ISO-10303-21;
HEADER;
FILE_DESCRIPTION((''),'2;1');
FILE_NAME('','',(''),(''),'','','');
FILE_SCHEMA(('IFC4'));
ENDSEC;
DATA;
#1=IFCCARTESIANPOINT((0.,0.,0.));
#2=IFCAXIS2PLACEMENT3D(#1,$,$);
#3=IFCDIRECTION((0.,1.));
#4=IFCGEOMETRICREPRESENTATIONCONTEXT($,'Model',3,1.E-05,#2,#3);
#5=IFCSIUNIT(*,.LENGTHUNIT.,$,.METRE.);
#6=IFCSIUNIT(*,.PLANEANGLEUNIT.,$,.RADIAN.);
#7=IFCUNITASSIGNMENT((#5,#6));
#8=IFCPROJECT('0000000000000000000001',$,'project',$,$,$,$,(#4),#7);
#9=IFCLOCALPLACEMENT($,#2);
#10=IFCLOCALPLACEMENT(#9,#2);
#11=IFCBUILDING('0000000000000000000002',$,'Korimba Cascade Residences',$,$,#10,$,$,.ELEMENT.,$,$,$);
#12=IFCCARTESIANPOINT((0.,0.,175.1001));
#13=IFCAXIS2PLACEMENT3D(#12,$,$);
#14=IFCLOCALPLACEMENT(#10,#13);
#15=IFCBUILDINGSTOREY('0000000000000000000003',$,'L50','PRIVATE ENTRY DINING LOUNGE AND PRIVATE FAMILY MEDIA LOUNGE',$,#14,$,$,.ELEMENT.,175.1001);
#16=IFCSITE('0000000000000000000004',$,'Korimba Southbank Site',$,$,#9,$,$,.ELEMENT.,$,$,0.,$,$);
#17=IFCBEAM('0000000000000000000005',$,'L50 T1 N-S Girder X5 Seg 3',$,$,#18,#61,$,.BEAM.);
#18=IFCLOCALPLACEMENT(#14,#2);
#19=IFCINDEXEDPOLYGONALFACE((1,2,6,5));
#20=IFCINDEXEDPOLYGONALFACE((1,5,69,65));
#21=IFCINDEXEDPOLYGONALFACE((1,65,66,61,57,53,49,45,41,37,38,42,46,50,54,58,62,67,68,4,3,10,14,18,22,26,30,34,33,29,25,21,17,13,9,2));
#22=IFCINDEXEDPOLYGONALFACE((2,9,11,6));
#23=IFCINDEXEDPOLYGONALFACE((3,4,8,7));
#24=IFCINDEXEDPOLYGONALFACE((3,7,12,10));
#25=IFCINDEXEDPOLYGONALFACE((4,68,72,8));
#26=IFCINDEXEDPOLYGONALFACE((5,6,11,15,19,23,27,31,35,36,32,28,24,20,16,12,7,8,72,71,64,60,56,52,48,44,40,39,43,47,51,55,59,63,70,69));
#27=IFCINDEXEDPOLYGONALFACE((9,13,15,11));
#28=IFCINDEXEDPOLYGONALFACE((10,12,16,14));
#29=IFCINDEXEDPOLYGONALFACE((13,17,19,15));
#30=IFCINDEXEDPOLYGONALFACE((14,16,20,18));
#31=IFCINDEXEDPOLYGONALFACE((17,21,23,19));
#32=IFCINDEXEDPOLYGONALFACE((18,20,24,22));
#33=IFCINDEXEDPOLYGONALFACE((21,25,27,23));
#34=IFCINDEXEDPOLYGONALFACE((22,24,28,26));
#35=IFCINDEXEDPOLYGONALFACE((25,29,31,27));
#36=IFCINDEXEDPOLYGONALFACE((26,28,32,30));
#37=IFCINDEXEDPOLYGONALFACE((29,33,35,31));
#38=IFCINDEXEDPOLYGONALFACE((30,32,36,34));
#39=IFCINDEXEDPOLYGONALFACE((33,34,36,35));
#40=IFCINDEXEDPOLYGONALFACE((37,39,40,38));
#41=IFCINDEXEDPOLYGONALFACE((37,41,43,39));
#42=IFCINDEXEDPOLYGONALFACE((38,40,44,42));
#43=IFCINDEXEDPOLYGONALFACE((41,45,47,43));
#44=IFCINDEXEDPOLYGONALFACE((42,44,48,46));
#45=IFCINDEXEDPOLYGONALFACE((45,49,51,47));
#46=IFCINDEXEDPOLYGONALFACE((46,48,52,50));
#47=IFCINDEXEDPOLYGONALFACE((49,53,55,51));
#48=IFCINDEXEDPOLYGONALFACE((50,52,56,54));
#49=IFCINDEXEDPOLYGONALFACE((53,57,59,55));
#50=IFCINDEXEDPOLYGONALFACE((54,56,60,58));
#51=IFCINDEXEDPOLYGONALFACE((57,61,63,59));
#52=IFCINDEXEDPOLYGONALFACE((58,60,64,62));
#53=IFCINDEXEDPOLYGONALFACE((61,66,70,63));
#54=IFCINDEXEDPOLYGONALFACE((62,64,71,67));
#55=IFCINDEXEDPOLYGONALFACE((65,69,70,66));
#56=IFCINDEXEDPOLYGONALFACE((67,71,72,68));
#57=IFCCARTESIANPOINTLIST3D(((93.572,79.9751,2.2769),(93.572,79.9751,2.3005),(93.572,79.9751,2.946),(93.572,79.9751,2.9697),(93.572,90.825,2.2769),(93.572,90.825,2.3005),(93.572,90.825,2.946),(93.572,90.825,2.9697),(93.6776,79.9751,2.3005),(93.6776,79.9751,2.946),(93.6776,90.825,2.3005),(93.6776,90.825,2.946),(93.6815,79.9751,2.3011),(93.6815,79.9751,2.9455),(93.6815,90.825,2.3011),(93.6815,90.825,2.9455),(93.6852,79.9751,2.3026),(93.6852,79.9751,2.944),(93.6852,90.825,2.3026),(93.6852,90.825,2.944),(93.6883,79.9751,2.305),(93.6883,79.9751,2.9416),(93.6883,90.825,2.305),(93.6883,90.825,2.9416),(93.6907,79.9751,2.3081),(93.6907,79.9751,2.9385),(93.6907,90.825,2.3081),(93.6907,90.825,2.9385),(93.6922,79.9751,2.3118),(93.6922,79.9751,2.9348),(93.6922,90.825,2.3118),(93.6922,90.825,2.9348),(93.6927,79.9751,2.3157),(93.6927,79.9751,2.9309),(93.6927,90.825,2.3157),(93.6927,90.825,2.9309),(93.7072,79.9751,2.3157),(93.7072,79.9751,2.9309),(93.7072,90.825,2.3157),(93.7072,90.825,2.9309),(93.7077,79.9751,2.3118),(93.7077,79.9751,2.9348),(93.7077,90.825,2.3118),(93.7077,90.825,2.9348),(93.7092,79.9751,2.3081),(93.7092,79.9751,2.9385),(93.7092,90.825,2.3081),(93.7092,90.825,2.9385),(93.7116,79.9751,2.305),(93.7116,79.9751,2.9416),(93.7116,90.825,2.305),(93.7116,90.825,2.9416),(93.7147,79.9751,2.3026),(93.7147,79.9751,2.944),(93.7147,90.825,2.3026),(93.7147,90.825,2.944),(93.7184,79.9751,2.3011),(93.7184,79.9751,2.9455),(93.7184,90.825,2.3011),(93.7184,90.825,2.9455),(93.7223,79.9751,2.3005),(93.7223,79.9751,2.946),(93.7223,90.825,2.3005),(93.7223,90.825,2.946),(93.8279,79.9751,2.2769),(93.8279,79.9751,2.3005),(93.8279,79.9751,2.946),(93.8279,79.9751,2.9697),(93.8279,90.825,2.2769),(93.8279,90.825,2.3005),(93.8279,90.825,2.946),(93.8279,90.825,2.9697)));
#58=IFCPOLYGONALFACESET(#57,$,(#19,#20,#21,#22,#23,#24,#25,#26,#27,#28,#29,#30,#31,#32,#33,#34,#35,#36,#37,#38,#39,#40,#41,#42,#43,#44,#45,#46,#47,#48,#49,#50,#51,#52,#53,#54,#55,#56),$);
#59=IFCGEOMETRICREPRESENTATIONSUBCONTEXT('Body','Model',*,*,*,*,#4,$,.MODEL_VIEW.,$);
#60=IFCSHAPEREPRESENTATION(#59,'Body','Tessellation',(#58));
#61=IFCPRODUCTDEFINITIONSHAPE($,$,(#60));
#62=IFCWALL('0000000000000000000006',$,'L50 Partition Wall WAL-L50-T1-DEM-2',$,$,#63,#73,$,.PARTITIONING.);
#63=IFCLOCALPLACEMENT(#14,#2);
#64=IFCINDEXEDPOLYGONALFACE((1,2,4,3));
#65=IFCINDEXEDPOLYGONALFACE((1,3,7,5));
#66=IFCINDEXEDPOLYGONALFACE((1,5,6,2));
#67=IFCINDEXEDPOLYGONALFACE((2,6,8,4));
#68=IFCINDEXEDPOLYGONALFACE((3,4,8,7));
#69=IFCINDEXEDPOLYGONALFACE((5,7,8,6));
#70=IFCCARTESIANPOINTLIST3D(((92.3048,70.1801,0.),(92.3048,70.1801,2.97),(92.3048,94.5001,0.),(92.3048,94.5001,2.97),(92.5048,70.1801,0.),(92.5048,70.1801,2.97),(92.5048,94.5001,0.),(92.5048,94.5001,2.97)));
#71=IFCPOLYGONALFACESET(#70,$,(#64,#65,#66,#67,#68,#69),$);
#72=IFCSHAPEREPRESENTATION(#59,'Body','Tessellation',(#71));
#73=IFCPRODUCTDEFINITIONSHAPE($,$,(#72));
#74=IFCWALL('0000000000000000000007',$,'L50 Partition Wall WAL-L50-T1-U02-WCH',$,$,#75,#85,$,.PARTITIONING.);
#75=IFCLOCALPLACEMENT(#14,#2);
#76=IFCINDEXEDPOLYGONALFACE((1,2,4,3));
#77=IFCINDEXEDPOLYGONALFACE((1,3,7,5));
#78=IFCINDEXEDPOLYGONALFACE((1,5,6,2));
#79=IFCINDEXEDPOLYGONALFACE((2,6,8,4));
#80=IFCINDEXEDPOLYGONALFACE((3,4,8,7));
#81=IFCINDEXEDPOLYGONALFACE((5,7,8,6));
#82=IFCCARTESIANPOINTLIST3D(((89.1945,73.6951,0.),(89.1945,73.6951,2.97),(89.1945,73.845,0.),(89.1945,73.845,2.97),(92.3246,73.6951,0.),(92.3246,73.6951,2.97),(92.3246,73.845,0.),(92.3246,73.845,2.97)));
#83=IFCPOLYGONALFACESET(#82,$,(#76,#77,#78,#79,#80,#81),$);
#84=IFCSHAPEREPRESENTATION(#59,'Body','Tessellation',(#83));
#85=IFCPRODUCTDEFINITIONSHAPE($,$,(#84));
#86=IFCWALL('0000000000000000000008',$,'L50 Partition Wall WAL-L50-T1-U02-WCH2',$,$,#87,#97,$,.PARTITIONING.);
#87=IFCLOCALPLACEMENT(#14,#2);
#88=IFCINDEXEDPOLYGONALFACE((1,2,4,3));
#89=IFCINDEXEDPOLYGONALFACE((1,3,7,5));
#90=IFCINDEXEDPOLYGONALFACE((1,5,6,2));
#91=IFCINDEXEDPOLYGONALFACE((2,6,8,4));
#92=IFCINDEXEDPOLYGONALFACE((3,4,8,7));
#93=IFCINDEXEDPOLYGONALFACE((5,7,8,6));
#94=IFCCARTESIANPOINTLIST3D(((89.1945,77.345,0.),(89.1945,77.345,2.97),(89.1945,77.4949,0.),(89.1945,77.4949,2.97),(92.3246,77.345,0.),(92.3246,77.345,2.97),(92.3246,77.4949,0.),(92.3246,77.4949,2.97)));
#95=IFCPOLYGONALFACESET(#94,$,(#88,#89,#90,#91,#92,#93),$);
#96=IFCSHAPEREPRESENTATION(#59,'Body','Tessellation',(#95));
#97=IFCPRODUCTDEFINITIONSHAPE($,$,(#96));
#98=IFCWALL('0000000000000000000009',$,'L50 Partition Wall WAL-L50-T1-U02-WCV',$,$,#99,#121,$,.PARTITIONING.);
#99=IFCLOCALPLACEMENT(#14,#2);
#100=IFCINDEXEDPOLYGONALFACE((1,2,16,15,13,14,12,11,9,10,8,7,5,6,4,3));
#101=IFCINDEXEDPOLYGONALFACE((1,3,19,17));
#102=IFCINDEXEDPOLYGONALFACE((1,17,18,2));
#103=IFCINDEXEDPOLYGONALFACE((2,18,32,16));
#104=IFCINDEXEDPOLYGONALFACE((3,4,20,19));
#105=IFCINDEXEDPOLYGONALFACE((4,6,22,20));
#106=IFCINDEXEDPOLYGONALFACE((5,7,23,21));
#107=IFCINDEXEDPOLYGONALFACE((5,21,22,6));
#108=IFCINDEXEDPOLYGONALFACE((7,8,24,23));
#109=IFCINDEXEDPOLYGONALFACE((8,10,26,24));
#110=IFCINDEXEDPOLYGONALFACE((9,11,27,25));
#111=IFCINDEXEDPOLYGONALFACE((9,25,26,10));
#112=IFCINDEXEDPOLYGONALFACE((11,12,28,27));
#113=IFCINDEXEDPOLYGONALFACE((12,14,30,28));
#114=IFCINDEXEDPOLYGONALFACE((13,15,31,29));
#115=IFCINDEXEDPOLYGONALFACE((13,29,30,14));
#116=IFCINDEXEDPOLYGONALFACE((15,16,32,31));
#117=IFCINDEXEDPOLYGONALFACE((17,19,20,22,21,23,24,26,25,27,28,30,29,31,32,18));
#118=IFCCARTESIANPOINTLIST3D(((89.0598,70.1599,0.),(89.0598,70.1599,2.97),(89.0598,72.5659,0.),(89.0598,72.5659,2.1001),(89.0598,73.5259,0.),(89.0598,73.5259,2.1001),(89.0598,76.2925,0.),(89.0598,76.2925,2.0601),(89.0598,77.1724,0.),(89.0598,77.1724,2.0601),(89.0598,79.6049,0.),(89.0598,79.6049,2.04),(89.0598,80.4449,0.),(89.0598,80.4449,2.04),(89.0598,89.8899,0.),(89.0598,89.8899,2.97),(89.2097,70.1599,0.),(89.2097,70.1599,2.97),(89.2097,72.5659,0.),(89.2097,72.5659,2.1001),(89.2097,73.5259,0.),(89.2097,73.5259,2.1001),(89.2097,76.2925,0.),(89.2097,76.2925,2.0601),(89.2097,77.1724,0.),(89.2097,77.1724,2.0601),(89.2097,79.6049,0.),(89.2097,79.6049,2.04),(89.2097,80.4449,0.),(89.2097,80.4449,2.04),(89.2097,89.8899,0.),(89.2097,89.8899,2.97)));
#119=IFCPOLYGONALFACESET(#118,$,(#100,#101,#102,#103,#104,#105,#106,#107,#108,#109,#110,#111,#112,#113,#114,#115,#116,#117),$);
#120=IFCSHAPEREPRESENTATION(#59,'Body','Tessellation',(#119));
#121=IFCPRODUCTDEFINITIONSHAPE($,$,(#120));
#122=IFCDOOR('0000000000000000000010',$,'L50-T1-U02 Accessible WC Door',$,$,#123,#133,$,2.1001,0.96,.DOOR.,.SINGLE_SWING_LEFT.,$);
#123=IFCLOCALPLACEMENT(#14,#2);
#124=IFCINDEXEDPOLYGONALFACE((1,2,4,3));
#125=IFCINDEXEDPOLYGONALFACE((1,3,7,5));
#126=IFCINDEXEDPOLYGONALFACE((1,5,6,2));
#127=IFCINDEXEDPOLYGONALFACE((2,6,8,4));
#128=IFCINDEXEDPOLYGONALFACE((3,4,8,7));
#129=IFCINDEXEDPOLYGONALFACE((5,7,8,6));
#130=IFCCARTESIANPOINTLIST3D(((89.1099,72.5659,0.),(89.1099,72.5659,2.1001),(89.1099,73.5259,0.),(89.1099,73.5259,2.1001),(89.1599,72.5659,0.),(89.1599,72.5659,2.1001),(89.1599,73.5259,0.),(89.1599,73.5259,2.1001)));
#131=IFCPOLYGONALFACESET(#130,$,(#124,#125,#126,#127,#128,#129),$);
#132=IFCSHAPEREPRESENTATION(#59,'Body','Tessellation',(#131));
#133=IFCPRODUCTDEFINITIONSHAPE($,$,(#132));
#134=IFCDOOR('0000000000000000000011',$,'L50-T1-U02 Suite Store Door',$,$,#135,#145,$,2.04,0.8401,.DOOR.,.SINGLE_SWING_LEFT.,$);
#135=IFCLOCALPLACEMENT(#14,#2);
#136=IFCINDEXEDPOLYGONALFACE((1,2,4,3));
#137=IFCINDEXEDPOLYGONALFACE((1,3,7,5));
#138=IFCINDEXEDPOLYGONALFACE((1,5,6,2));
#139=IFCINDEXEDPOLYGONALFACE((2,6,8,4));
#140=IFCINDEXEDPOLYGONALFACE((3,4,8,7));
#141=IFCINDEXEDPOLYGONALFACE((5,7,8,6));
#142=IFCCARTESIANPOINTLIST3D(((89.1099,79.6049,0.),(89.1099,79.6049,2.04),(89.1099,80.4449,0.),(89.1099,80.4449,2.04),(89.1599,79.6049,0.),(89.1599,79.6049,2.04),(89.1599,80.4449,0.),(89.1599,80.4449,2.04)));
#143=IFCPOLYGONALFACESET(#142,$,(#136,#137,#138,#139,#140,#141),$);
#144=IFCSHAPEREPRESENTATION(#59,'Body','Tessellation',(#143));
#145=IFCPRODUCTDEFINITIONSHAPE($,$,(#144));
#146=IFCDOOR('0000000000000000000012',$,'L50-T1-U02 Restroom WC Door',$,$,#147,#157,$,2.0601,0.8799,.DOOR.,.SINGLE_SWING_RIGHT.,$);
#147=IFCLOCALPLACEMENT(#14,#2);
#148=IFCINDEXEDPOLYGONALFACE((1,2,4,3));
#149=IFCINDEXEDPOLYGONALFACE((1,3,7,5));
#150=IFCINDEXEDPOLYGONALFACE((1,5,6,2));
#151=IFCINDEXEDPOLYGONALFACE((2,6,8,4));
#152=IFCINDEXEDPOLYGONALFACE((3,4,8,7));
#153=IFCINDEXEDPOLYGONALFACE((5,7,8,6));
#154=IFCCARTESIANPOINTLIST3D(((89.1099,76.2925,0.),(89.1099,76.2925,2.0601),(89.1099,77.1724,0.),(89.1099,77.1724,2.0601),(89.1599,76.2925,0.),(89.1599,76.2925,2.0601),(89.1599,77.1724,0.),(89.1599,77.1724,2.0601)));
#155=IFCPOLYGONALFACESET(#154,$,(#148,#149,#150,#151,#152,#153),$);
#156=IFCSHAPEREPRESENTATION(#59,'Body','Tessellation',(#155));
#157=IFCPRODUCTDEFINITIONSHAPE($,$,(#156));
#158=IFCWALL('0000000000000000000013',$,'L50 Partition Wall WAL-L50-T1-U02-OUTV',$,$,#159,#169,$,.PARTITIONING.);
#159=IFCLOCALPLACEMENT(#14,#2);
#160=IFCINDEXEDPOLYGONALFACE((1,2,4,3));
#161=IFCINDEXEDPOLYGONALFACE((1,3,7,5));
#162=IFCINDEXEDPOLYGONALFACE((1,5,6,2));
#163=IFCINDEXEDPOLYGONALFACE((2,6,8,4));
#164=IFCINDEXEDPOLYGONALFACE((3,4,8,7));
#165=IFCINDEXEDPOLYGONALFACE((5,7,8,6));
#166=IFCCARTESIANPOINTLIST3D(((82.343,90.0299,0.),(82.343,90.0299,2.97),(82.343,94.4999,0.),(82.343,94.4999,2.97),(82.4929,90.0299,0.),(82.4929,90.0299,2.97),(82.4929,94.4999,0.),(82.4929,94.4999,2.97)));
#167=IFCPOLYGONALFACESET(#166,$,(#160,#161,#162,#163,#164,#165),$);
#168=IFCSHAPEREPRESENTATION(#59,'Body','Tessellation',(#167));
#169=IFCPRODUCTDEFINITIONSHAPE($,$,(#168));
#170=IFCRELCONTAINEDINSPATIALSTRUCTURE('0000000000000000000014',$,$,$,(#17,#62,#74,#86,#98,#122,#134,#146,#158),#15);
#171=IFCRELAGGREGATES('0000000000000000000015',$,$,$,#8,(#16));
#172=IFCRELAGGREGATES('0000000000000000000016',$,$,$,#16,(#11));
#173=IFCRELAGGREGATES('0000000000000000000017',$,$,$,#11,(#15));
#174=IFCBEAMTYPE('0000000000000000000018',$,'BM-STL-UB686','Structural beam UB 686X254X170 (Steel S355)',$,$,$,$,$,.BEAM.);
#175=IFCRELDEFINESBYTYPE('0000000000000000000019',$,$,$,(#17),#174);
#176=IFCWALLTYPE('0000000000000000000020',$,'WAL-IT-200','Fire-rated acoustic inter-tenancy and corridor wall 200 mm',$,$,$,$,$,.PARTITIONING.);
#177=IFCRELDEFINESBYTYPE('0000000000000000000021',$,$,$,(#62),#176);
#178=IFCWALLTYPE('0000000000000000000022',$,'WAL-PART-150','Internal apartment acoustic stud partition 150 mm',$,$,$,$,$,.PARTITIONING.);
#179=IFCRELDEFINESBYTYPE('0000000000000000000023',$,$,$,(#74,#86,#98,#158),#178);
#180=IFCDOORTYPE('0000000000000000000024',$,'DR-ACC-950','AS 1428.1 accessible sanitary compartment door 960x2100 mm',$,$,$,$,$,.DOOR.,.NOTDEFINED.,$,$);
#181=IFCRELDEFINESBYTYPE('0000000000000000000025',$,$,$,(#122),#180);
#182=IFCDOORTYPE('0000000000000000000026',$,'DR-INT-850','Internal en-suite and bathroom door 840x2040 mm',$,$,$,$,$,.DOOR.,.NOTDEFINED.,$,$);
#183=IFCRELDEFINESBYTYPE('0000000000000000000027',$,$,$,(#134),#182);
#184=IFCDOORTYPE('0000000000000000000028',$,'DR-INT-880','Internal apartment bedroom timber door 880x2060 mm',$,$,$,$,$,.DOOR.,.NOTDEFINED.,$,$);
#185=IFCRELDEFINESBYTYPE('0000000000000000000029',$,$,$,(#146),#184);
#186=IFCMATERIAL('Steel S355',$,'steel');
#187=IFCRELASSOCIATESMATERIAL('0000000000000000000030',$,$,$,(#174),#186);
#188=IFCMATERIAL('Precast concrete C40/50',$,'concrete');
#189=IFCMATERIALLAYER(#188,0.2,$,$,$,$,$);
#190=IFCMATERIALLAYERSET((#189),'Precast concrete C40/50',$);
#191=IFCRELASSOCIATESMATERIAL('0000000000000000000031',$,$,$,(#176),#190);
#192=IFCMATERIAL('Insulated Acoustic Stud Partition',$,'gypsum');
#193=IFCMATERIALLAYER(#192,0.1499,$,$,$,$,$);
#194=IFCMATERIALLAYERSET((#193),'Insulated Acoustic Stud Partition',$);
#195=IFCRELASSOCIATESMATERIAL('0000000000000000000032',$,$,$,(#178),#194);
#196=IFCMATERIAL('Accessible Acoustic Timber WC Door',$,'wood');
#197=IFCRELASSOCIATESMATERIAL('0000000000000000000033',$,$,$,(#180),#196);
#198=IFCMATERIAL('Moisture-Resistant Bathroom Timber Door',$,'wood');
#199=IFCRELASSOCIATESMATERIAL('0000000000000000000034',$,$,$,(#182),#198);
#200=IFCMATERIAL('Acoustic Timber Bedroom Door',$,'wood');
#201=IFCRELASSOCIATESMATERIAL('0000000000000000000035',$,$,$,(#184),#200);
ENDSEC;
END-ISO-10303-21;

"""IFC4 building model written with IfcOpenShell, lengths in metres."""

from ifc_helpers import new_model, si_unit, direction, frame, frame_2d, origin, origin_2d, place, context, subcontext, project, spatial, rectangle, i_section, extrude, material, layer, layer_set, material_profile, profile_set, type_object, element, fill, save


model = new_model("IFC4")

# Units and contexts
model_context = context("Model", 3, precision=1e-05, world=origin(), true_north=direction((0.0, 1.0)))
body_context = subcontext(model_context, "Body", "Model", "MODEL_VIEW")
ifc_project = project(units=[si_unit("LENGTHUNIT", "METRE"), si_unit("PLANEANGLEUNIT", "RADIAN")], contexts=[model_context])

# Site, building, storey
site_placement = place(None, origin())
site = spatial("IfcSite", under=ifc_project, at=site_placement, Name="Korimba Southbank Site", CompositionType="ELEMENT", RefElevation=0.0)
building_placement = place(site_placement, origin())
building = spatial("IfcBuilding", under=site, at=building_placement, Name="Korimba Cascade Residences", CompositionType="ELEMENT")
storey_placement = place(building_placement, frame((0.0, 0.0, 175.1001)))
storey = spatial("IfcBuildingStorey", under=building, at=storey_placement, Name="L50", Description="PRIVATE ENTRY DINING LOUNGE AND PRIVATE FAMILY MEDIA LOUNGE", CompositionType="ELEMENT", Elevation=175.1001)

# Beam
ifc_material_1 = material(Name="Steel S355", Category="steel")
ifc_material_profile_1 = material_profile(ifc_material_1, i_section(OverallWidth=0.2559, OverallDepth=0.6929, WebThickness=0.0144, FlangeThickness=0.0237, FilletRadius=0.0151, at=origin_2d()), Name="Steel S355")
ifc_profile_set_1 = profile_set([ifc_material_profile_1], Name="Steel S355")
beam_type_1 = type_object("IfcBeamType", Name="BM-STL-UB686", Description="Structural beam UB 686X254X170 (Steel S355)", PredefinedType="BEAM", material=ifc_profile_set_1)
for number, where, z_axis, x_axis, name in (
    (1, (93.7, 79.9751, 2.6233), (0.0, 1.0, 0.0), (-1.0, 0.0, 0.0), "L50 T1 N-S Girder X5 Seg 3"),
):
    element("IfcBeam", number, at=place(storey_placement, frame(where, z_axis=z_axis, x_axis=x_axis)), inside=storey, type_object=beam_type_1, Name=name, PredefinedType="BEAM", context=body_context, shape_type="SweptSolid", body=[
        extrude(i_section(OverallWidth=0.2559, OverallDepth=0.6929, WebThickness=0.0144, FlangeThickness=0.0237, FilletRadius=0.0151, at=origin_2d()), origin(), (0.0, 0.0, 1.0), 10.8499),
    ])

# Walls
ifc_material_2 = material(Name="Precast concrete C40/50", Category="concrete")
ifc_layer_1 = layer(ifc_material_2, 0.2)
ifc_layer_set_1 = layer_set([ifc_layer_1], Name="Precast concrete C40/50")
wall_type_1 = type_object("IfcWallType", Name="WAL-IT-200", Description="Fire-rated acoustic inter-tenancy and corridor wall 200 mm", PredefinedType="PARTITIONING", material=ifc_layer_set_1)
wall_1_placement = place(storey_placement, frame((92.4048, 70.1799, 0.0), z_axis=(0.0, 0.0, 1.0), x_axis=(0.0, 1.0, 0.0)))
element("IfcWall", 2, at=wall_1_placement, inside=storey, type_object=wall_type_1, Name="L50 Partition Wall WAL-L50-T1-DEM-2", PredefinedType="PARTITIONING", context=body_context, shape_type="SweptSolid", body=[
    extrude(rectangle(XDim=24.3201, YDim=0.2, at=frame_2d((12.1602, 0.0))), origin(), (0.0, 0.0, 1.0), 2.97),
])
ifc_material_3 = material(Name="Insulated Acoustic Stud Partition", Category="gypsum")
ifc_layer_2 = layer(ifc_material_3, 0.1499)
ifc_layer_set_2 = layer_set([ifc_layer_2], Name="Insulated Acoustic Stud Partition")
wall_type_2 = type_object("IfcWallType", Name="WAL-PART-150", Description="Internal apartment acoustic stud partition 150 mm", PredefinedType="PARTITIONING", material=ifc_layer_set_2)
for number, where, z_axis, x_axis, name in (
    (3, (89.1946, 73.77, 0.0), (0.0, 0.0, 1.0), (1.0, 0.0, 0.0), "L50 Partition Wall WAL-L50-T1-U02-WCH"),
    (4, (89.1946, 77.4199, 0.0), (0.0, 0.0, 1.0), (1.0, 0.0, 0.0), "L50 Partition Wall WAL-L50-T1-U02-WCH2"),
):
    element("IfcWall", number, at=place(storey_placement, frame(where, z_axis=z_axis, x_axis=x_axis)), inside=storey, type_object=wall_type_2, Name=name, PredefinedType="PARTITIONING", context=body_context, shape_type="SweptSolid", body=[
        extrude(rectangle(XDim=3.1301, YDim=0.1499, at=frame_2d((1.5649, 0.0))), origin(), (0.0, 0.0, 1.0), 2.97),
    ])

# Wall, openings, doors
wall_2_placement = place(storey_placement, frame((89.1348, 70.1599, 0.0), z_axis=(0.0, 0.0, 1.0), x_axis=(0.0, 1.0, 0.0)))
wall_2 = element("IfcWall", 5, at=wall_2_placement, inside=storey, type_object=wall_type_2, Name="L50 Partition Wall WAL-L50-T1-U02-WCV", PredefinedType="PARTITIONING", context=body_context, shape_type="SweptSolid", body=[
    extrude(rectangle(XDim=19.73, YDim=0.1499, at=frame_2d((9.865, 0.0))), origin(), (0.0, 0.0, 1.0), 2.97),
])
opening_1_placement = place(wall_2_placement, frame((2.406, 0.0, 0.0)))
opening_1 = element("IfcOpeningElement", 6, at=opening_1_placement, cuts=wall_2, PredefinedType="OPENING", context=body_context, shape_type="SweptSolid", body=[
    extrude(rectangle(XDim=0.96, YDim=2.1001, at=frame_2d((0.48, 1.05))), frame((0.0, 0.085, 0.0), z_axis=(0.0, -1.0, 0.0), x_axis=(1.0, 0.0, 0.0)), (0.0, 0.0, 1.0), 0.1699),
])
opening_2_placement = place(wall_2_placement, frame((6.1326, 0.0, 0.0)))
opening_2 = element("IfcOpeningElement", 7, at=opening_2_placement, cuts=wall_2, PredefinedType="OPENING", context=body_context, shape_type="SweptSolid", body=[
    extrude(rectangle(XDim=0.8799, YDim=2.0601, at=frame_2d((0.4399, 1.03))), frame((0.0, 0.085, 0.0), z_axis=(0.0, -1.0, 0.0), x_axis=(1.0, 0.0, 0.0)), (0.0, 0.0, 1.0), 0.1699),
])
opening_3_placement = place(wall_2_placement, frame((9.4451, 0.0, 0.0)))
opening_3 = element("IfcOpeningElement", 8, at=opening_3_placement, cuts=wall_2, PredefinedType="OPENING", context=body_context, shape_type="SweptSolid", body=[
    extrude(rectangle(XDim=0.8401, YDim=2.04, at=frame_2d((0.4199, 1.02))), frame((0.0, 0.085, 0.0), z_axis=(0.0, -1.0, 0.0), x_axis=(1.0, 0.0, 0.0)), (0.0, 0.0, 1.0), 0.1699),
])
ifc_material_4 = material(Name="Accessible Acoustic Timber WC Door", Category="wood")
door_type_1 = type_object("IfcDoorType", Name="DR-ACC-950", Description="AS 1428.1 accessible sanitary compartment door 960x2100 mm", OperationType="NOTDEFINED", PredefinedType="DOOR", material=ifc_material_4)
door_1_placement = place(opening_1_placement, origin())
door_1 = element("IfcDoor", 9, at=door_1_placement, inside=storey, type_object=door_type_1, Name="L50-T1-U02 Accessible WC Door", OperationType="SINGLE_SWING_LEFT", OverallHeight=2.1001, OverallWidth=0.96, PredefinedType="DOOR", context=body_context, shape_type="SweptSolid", body=[
    extrude(rectangle(XDim=0.96, YDim=2.1001, at=frame_2d((0.48, 1.05))), frame((0.0, 0.0249, 0.0), z_axis=(0.0, -1.0, 0.0), x_axis=(1.0, 0.0, 0.0)), (0.0, 0.0, 1.0), 0.05),
])
fill(opening_1, door_1)
ifc_material_5 = material(Name="Moisture-Resistant Bathroom Timber Door", Category="wood")
door_type_2 = type_object("IfcDoorType", Name="DR-INT-850", Description="Internal en-suite and bathroom door 840x2040 mm", OperationType="NOTDEFINED", PredefinedType="DOOR", material=ifc_material_5)
door_2_placement = place(opening_3_placement, origin())
door_2 = element("IfcDoor", 10, at=door_2_placement, inside=storey, type_object=door_type_2, Name="L50-T1-U02 Suite Store Door", OperationType="SINGLE_SWING_LEFT", OverallHeight=2.04, OverallWidth=0.8401, PredefinedType="DOOR", context=body_context, shape_type="SweptSolid", body=[
    extrude(rectangle(XDim=0.8401, YDim=2.04, at=frame_2d((0.4199, 1.02))), frame((0.0, 0.0249, 0.0), z_axis=(0.0, -1.0, 0.0), x_axis=(1.0, 0.0, 0.0)), (0.0, 0.0, 1.0), 0.05),
])
fill(opening_3, door_2)
ifc_material_6 = material(Name="Acoustic Timber Bedroom Door", Category="wood")
door_type_3 = type_object("IfcDoorType", Name="DR-INT-880", Description="Internal apartment bedroom timber door 880x2060 mm", OperationType="NOTDEFINED", PredefinedType="DOOR", material=ifc_material_6)
door_3_placement = place(opening_2_placement, origin())
door_3 = element("IfcDoor", 11, at=door_3_placement, inside=storey, type_object=door_type_3, Name="L50-T1-U02 Restroom WC Door", OperationType="SINGLE_SWING_RIGHT", OverallHeight=2.0601, OverallWidth=0.8799, PredefinedType="DOOR", context=body_context, shape_type="SweptSolid", body=[
    extrude(rectangle(XDim=0.8799, YDim=2.0601, at=frame_2d((0.4399, 1.03))), frame((0.0, 0.0249, 0.0), z_axis=(0.0, -1.0, 0.0), x_axis=(1.0, 0.0, 0.0)), (0.0, 0.0, 1.0), 0.05),
])
fill(opening_2, door_3)

# Wall
wall_3_placement = place(storey_placement, frame((82.418, 90.03, 0.0), z_axis=(0.0, 0.0, 1.0), x_axis=(0.0, 1.0, 0.0)))
element("IfcWall", 12, at=wall_3_placement, inside=storey, type_object=wall_type_2, Name="L50 Partition Wall WAL-L50-T1-U02-OUTV", PredefinedType="PARTITIONING", context=body_context, shape_type="SweptSolid", body=[
    extrude(rectangle(XDim=4.47, YDim=0.1499, at=frame_2d((2.2349, 0.0))), origin(), (0.0, 0.0, 1.0), 2.97),
])

save(model, "model.ifc")
